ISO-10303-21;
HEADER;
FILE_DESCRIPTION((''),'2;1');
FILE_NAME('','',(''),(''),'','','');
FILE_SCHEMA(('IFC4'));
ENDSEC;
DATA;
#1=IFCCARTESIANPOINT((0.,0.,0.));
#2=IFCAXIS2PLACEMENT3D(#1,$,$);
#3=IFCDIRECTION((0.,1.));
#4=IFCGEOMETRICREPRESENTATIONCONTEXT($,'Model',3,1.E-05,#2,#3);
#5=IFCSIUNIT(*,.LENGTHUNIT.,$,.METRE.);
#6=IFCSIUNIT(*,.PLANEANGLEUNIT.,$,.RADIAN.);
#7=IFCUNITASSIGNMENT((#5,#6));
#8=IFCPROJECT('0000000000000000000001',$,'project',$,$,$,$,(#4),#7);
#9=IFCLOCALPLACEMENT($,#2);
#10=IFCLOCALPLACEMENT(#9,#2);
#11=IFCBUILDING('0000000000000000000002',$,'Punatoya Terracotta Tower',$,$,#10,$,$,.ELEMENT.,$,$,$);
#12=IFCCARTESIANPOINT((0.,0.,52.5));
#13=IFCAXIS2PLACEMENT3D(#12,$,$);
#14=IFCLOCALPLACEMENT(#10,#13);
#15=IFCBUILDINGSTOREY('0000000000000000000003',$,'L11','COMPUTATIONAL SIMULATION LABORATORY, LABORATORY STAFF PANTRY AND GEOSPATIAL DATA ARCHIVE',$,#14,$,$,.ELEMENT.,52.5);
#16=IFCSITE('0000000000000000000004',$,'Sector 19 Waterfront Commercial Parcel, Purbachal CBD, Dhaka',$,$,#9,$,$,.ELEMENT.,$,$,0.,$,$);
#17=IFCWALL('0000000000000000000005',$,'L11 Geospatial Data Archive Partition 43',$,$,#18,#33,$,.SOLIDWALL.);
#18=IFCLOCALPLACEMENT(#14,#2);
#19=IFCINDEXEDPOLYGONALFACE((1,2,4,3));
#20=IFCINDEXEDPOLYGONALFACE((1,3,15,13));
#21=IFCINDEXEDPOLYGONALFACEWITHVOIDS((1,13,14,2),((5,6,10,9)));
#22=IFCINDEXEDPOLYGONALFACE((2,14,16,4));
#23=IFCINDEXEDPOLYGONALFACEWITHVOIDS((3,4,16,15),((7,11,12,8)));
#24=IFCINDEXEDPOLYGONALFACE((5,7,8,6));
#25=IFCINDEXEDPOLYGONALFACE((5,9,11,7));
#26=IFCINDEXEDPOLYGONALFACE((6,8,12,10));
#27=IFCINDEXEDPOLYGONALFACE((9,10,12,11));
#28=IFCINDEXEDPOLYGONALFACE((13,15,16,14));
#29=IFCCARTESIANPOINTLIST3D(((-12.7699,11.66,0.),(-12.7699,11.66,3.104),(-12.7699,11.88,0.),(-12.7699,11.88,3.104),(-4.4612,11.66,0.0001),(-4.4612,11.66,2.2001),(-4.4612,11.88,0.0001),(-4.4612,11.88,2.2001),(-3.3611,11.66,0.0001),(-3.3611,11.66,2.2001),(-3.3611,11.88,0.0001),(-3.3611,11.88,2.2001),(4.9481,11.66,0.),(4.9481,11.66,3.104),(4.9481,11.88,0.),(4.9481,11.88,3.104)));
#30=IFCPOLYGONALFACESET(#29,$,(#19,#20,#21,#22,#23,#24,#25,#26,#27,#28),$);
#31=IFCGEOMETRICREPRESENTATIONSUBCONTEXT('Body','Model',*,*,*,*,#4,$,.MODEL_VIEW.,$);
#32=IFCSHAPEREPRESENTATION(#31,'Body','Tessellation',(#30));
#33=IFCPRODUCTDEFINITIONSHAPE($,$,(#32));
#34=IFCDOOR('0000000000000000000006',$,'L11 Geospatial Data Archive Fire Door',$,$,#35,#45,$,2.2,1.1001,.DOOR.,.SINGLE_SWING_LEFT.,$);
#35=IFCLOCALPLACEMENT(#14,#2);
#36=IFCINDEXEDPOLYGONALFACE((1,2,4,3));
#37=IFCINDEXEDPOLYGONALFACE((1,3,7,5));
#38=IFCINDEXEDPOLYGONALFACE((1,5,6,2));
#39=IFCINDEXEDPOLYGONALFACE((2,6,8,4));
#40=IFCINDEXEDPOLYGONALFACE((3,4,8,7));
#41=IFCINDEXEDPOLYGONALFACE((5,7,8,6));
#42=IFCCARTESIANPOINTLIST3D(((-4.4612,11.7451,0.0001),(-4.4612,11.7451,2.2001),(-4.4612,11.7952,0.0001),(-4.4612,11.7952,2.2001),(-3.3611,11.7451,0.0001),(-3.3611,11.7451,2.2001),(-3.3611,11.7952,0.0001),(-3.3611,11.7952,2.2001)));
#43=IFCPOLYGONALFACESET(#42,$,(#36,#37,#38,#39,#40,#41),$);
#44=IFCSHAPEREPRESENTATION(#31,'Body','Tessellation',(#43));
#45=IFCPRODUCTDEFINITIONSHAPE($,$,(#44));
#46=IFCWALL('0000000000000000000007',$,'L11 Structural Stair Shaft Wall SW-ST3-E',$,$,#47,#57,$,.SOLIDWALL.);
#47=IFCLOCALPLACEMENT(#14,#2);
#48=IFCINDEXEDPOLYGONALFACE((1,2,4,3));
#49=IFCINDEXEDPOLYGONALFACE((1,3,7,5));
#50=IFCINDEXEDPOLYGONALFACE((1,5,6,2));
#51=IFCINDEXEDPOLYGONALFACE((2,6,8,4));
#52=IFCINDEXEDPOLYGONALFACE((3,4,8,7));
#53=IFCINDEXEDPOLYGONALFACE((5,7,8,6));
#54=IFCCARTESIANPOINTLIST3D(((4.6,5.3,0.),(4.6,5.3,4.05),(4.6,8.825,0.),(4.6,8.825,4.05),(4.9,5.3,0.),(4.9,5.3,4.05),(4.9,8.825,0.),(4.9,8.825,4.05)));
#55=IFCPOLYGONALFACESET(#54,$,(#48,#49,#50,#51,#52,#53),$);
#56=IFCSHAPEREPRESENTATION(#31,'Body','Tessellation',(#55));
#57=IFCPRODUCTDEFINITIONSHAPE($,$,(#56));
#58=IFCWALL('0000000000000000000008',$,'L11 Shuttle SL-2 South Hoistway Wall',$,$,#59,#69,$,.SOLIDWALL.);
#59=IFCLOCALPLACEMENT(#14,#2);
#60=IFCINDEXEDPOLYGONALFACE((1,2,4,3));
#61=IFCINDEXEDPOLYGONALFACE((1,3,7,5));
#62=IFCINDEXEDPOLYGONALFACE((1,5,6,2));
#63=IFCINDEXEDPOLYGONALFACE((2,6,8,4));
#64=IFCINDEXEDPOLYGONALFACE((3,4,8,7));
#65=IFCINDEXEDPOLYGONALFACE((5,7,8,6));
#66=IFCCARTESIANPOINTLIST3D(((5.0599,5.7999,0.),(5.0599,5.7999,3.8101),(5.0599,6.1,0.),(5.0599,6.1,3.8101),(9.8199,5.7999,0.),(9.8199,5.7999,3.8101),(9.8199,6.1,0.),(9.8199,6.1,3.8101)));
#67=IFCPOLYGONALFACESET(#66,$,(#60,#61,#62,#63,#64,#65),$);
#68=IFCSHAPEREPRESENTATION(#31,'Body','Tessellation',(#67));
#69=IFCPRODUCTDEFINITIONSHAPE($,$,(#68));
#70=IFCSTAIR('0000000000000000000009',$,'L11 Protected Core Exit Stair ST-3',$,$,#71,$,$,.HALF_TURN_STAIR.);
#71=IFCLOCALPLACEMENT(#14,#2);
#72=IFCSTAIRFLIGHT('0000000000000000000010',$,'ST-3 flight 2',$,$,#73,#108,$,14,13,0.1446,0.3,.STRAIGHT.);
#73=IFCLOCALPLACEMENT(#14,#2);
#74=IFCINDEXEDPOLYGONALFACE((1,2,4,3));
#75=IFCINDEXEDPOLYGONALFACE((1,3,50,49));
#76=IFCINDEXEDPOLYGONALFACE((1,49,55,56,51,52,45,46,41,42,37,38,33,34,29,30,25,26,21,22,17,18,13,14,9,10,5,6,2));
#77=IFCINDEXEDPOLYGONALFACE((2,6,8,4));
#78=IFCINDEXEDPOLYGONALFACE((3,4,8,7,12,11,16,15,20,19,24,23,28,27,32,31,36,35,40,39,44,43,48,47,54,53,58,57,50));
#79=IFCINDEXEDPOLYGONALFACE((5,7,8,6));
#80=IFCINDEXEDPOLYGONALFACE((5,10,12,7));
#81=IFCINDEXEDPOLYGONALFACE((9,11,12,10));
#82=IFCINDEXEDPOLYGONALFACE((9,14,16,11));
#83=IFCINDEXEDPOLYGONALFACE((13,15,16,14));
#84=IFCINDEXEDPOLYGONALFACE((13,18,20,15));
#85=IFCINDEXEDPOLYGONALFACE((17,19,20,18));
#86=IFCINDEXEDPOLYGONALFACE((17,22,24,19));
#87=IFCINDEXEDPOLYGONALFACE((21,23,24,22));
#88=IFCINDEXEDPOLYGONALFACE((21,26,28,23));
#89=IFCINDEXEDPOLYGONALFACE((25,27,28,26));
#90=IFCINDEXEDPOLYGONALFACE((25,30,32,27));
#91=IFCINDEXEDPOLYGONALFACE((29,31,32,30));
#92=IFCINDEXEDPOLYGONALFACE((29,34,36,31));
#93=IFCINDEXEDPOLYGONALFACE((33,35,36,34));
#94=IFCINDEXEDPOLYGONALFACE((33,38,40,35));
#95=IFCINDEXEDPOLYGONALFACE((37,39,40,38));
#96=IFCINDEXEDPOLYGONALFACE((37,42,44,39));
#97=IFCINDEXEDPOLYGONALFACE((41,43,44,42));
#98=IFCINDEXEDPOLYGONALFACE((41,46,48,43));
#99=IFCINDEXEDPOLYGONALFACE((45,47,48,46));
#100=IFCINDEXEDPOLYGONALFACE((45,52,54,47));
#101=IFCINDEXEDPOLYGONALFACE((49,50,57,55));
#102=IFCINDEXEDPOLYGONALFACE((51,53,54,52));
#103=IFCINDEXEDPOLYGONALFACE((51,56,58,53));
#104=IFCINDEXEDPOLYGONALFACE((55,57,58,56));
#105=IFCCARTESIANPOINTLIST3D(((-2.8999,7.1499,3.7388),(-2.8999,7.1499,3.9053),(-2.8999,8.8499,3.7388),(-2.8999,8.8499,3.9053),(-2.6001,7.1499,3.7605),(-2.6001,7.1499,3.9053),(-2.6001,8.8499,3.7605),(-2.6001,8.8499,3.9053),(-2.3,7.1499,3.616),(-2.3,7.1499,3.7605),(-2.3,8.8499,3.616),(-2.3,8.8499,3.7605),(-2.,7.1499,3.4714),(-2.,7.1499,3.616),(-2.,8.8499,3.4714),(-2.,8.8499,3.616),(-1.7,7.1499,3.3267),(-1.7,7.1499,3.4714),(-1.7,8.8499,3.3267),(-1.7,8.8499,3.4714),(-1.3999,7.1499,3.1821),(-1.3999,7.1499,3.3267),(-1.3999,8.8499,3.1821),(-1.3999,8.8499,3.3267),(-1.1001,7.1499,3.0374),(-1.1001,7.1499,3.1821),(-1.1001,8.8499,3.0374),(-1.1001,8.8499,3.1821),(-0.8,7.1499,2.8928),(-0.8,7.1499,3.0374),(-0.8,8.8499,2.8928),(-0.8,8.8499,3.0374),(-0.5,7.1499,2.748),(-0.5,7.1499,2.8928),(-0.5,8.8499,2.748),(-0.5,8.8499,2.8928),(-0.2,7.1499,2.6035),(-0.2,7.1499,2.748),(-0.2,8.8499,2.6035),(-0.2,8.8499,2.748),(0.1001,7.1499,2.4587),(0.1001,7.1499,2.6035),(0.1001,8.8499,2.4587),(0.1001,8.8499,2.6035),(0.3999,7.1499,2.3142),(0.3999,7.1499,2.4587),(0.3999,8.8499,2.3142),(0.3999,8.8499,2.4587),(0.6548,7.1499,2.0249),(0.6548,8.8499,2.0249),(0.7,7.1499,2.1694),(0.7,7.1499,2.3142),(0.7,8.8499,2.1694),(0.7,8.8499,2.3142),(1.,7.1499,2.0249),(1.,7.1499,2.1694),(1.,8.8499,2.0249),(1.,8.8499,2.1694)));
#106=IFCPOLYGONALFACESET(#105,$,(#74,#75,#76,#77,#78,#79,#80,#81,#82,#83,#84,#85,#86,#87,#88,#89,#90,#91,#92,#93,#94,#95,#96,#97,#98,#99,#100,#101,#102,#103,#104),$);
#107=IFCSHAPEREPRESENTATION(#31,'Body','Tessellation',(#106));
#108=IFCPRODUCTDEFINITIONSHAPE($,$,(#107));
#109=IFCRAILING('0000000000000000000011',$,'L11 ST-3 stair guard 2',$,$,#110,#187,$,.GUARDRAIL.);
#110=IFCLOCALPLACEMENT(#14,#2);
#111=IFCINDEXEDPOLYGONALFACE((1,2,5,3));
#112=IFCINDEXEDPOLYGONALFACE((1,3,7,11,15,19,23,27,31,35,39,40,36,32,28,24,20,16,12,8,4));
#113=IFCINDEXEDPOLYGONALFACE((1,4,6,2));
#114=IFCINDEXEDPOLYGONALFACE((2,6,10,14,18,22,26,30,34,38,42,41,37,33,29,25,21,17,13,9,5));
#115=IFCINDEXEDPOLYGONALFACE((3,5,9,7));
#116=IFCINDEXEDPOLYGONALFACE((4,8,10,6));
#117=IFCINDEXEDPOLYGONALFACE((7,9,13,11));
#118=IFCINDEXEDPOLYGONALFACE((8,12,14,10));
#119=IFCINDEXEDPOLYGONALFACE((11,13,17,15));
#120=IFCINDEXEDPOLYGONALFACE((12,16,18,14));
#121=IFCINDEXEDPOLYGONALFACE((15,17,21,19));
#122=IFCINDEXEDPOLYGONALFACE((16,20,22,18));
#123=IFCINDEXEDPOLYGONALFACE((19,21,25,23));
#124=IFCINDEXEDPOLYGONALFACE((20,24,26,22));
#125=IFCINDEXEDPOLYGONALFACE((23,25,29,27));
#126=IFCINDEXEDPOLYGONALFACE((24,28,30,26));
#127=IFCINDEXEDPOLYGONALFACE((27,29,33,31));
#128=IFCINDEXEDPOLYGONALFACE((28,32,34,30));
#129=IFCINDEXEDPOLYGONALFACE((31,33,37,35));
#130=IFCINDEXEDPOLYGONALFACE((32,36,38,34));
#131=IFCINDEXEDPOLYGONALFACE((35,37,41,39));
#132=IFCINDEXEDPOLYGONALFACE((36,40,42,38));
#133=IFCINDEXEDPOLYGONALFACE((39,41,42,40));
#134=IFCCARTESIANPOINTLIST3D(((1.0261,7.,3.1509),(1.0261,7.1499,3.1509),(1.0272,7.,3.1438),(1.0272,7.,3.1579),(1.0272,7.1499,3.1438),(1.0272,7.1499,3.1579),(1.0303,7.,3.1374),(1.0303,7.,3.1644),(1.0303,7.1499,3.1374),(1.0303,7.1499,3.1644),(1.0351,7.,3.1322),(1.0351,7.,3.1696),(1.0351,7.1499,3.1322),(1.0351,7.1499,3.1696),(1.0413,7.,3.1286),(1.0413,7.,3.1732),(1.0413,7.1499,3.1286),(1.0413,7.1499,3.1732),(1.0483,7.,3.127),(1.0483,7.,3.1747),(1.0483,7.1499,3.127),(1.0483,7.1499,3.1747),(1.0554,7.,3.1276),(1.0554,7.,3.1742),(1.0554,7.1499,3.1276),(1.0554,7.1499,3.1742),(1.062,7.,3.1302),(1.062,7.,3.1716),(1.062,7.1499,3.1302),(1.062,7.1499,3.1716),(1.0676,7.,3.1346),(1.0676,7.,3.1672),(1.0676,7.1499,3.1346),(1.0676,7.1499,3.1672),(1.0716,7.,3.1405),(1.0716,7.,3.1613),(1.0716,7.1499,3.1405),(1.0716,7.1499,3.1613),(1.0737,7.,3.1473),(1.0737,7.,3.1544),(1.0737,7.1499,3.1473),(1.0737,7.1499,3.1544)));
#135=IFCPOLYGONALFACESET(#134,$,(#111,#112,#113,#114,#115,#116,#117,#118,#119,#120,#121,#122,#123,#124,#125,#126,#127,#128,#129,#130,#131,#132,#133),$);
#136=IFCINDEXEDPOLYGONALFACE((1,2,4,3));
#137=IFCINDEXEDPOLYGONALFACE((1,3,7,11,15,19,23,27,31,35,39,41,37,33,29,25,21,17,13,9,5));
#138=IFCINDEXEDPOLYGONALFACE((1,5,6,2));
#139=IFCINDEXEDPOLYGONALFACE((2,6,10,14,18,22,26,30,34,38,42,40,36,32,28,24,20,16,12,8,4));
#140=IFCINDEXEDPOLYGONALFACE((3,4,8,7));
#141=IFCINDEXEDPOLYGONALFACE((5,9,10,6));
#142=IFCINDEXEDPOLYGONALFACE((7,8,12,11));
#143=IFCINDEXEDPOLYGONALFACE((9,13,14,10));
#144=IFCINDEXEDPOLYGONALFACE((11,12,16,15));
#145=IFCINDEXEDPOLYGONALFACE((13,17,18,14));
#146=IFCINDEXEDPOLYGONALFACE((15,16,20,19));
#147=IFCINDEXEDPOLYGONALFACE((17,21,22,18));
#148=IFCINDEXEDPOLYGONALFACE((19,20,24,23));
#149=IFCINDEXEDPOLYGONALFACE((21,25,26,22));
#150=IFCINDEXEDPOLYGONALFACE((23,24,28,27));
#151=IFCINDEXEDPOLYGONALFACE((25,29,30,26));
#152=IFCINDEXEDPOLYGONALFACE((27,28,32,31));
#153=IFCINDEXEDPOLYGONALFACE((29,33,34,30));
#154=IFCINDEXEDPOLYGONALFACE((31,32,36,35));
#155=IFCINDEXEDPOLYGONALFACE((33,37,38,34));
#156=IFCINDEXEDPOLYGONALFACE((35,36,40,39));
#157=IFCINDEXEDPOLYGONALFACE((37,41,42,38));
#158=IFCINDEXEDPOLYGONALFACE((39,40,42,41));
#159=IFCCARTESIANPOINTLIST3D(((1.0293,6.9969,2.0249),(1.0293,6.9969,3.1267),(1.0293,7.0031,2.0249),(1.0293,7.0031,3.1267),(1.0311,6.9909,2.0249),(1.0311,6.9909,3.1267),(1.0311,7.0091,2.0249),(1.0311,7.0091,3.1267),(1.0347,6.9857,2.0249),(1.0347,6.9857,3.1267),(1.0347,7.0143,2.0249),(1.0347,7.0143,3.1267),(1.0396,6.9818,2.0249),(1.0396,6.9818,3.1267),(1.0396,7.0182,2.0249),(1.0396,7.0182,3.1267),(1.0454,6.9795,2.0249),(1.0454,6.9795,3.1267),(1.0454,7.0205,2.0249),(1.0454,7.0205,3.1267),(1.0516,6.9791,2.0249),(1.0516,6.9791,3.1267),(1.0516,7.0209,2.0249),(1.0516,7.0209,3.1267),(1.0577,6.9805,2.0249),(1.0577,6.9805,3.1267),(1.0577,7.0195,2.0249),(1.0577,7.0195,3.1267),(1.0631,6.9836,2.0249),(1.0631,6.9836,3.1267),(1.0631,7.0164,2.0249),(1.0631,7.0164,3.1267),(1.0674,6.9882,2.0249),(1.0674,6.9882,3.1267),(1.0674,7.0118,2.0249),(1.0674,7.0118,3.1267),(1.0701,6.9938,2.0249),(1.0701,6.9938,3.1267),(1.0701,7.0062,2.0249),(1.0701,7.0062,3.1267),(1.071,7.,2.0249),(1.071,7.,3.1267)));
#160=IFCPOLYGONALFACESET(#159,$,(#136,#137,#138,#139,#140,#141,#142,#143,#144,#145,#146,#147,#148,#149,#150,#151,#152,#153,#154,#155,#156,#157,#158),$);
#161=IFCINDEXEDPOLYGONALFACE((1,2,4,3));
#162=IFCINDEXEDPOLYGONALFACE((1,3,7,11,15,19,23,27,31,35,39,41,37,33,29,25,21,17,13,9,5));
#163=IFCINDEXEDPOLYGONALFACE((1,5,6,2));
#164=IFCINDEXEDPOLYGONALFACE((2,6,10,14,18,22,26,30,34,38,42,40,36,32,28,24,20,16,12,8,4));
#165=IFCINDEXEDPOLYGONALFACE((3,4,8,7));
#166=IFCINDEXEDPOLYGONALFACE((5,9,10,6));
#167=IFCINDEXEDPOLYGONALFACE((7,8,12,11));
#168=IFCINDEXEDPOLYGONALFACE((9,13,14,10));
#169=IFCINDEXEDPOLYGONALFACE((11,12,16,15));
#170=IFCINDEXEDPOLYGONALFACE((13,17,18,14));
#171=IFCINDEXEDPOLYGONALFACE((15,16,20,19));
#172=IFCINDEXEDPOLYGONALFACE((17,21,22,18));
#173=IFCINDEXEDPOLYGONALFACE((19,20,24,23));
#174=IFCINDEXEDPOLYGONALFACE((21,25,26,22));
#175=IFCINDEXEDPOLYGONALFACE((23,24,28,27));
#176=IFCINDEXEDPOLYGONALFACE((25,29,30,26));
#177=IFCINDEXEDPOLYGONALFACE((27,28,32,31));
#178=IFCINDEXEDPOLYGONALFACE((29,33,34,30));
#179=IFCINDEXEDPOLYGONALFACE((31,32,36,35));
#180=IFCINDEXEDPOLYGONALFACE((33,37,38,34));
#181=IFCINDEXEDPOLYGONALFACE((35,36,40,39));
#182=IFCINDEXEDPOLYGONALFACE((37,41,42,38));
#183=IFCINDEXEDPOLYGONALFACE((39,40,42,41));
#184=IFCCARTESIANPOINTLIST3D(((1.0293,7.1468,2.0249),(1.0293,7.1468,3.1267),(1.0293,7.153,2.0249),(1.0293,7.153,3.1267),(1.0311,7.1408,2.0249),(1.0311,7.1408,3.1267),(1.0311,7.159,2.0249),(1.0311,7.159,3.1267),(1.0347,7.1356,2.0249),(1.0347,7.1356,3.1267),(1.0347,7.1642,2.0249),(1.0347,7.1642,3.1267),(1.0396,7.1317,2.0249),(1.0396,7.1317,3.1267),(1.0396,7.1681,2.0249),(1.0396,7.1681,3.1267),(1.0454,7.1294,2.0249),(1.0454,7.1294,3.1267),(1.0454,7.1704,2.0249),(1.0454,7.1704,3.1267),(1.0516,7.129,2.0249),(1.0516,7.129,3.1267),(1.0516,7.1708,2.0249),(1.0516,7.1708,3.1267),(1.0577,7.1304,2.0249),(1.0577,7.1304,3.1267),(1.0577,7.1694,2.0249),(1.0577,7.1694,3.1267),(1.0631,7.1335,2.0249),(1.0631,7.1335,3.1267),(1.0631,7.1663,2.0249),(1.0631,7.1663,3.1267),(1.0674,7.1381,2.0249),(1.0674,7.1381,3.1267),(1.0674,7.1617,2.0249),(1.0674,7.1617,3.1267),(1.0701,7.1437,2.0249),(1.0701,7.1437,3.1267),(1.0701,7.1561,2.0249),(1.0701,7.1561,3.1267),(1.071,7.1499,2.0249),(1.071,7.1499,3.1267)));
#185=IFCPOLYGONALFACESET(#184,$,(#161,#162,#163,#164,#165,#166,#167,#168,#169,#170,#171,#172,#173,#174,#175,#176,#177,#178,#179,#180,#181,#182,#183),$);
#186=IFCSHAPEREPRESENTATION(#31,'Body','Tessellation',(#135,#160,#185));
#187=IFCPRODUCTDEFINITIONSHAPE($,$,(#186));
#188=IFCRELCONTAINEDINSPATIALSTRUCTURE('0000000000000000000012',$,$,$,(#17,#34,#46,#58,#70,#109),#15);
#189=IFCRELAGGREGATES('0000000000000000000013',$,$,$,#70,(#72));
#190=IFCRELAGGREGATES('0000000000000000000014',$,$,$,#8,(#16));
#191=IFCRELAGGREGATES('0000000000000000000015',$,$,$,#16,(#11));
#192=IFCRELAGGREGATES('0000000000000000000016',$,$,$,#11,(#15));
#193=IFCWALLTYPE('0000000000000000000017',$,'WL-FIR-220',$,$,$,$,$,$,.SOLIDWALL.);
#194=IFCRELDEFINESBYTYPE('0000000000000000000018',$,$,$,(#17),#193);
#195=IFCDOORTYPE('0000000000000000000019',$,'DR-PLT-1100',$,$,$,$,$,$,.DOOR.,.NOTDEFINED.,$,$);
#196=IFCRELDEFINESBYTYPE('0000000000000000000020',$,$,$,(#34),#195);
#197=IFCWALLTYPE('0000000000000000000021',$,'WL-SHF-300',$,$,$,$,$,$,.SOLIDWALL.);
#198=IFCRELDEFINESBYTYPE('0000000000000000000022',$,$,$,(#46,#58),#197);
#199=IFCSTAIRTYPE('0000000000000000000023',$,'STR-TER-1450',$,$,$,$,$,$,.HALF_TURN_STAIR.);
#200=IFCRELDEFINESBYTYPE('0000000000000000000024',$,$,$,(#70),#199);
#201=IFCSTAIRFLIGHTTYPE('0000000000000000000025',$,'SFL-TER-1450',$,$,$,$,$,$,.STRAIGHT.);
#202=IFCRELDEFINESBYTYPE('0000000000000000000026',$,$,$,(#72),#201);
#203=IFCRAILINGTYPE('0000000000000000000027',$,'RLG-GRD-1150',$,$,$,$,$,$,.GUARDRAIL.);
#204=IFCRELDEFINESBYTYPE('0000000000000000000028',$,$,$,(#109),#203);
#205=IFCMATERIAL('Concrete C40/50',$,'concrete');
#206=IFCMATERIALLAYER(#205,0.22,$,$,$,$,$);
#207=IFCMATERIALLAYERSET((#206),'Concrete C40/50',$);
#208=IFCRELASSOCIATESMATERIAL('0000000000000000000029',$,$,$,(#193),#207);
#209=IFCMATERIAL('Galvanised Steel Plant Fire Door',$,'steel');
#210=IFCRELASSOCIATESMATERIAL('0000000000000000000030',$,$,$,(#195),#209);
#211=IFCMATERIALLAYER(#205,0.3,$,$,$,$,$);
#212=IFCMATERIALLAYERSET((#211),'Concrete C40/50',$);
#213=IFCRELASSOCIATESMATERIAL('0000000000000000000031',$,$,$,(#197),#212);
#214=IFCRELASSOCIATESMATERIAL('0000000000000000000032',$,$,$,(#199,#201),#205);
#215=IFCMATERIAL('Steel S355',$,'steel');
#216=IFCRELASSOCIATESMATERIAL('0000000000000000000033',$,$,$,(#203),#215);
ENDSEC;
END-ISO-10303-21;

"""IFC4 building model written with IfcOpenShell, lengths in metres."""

from ifc_helpers import new_model, si_unit, direction, frame, frame_2d, origin, origin_2d, place, context, subcontext, project, spatial, polyline, rectangle, circle, outline, extrude, material, layer, layer_set, type_object, element, fill, aggregate, save


model = new_model("IFC4")

# Units and contexts
model_context = context("Model", 3, precision=1e-05, world=origin(), true_north=direction((0.0, 1.0)))
body_context = subcontext(model_context, "Body", "Model", "MODEL_VIEW")
ifc_project = project(units=[si_unit("LENGTHUNIT", "METRE"), si_unit("PLANEANGLEUNIT", "RADIAN")], contexts=[model_context])

# Site, building, storey
site_placement = place(None, origin())
site = spatial("IfcSite", under=ifc_project, at=site_placement, Name="Sector 19 Waterfront Commercial Parcel, Purbachal CBD, Dhaka", CompositionType="ELEMENT", RefElevation=0.0)
building_placement = place(site_placement, origin())
building = spatial("IfcBuilding", under=site, at=building_placement, Name="Punatoya Terracotta Tower", CompositionType="ELEMENT")
storey_placement = place(building_placement, frame((0.0, 0.0, 52.5)))
storey = spatial("IfcBuildingStorey", under=building, at=storey_placement, Name="L11", Description="COMPUTATIONAL SIMULATION LABORATORY, LABORATORY STAFF PANTRY AND GEOSPATIAL DATA ARCHIVE", CompositionType="ELEMENT", Elevation=52.5)

# Shared definitions
ifc_material_1 = material(Name="Steel S355", Category="steel")

# Shared definitions
ifc_material_2 = material(Name="Concrete C40/50", Category="concrete")
ifc_layer_1 = layer(ifc_material_2, 0.22)
ifc_layer_set_1 = layer_set([ifc_layer_1], Name="Concrete C40/50")
wall_type_1 = type_object("IfcWallType", Name="WL-FIR-220", PredefinedType="SOLIDWALL", material=ifc_layer_set_1)

# Wall, opening, door
wall_1_placement = place(storey_placement, frame((4.948, 11.77, 0.0), z_axis=(0.0, 0.0, 1.0), x_axis=(-1.0, 0.0, 0.0)))
wall_1 = element("IfcWall", 1, at=wall_1_placement, inside=storey, type_object=wall_type_1, Name="L11 Geospatial Data Archive Partition 43", PredefinedType="SOLIDWALL", context=body_context, shape_type="SweptSolid", body=[
    extrude(rectangle(XDim=17.718, YDim=0.22, at=frame_2d((8.8589, 0.0))), origin(), (0.0, 0.0, 1.0), 3.104),
])
opening_1_placement = place(wall_1_placement, frame((8.3091, 0.0, 0.0)))
opening_1 = element("IfcOpeningElement", 2, at=opening_1_placement, cuts=wall_1, PredefinedType="OPENING", context=body_context, shape_type="SweptSolid", body=[
    extrude(rectangle(XDim=1.1001, YDim=2.2, at=frame_2d((0.55, 1.1001))), frame((0.0, 0.1199, 0.0), z_axis=(0.0, -1.0, 0.0), x_axis=(1.0, 0.0, 0.0)), (0.0, 0.0, 1.0), 0.24),
])
ifc_material_3 = material(Name="Galvanised Steel Plant Fire Door", Category="steel")
door_type_1 = type_object("IfcDoorType", Name="DR-PLT-1100", OperationType="NOTDEFINED", PredefinedType="DOOR", material=ifc_material_3)
door_1_placement = place(opening_1_placement, origin())
door_1 = element("IfcDoor", 3, at=door_1_placement, inside=storey, type_object=door_type_1, Name="L11 Geospatial Data Archive Fire Door", OperationType="SINGLE_SWING_LEFT", OverallHeight=2.2, OverallWidth=1.1001, PredefinedType="DOOR", context=body_context, shape_type="SweptSolid", body=[
    extrude(rectangle(XDim=1.1001, YDim=2.2, at=frame_2d((0.55, 1.1001))), frame((0.0, 0.0249, 0.0), z_axis=(0.0, -1.0, 0.0), x_axis=(1.0, 0.0, 0.0)), (0.0, 0.0, 1.0), 0.05),
])
fill(opening_1, door_1)

# Walls
ifc_layer_2 = layer(ifc_material_2, 0.3)
ifc_layer_set_2 = layer_set([ifc_layer_2], Name="Concrete C40/50")
wall_type_2 = type_object("IfcWallType", Name="WL-SHF-300", PredefinedType="SOLIDWALL", material=ifc_layer_set_2)
wall_2_placement = place(storey_placement, frame((4.75, 8.825, 0.0), z_axis=(0.0, 0.0, 1.0), x_axis=(0.0, -1.0, 0.0)))
element("IfcWall", 4, at=wall_2_placement, inside=storey, type_object=wall_type_2, Name="L11 Structural Stair Shaft Wall SW-ST3-E", PredefinedType="SOLIDWALL", context=body_context, shape_type="SweptSolid", body=[
    extrude(rectangle(XDim=3.5249, YDim=0.3, at=frame_2d((1.7625, 0.0))), origin(), (0.0, 0.0, 1.0), 4.05),
])
wall_3_placement = place(storey_placement, frame((5.0601, 5.95, 0.0), z_axis=(0.0, 0.0, 1.0), x_axis=(1.0, 0.0, 0.0)))
element("IfcWall", 5, at=wall_3_placement, inside=storey, type_object=wall_type_2, Name="L11 Shuttle SL-2 South Hoistway Wall", PredefinedType="SOLIDWALL", context=body_context, shape_type="SweptSolid", body=[
    extrude(rectangle(XDim=4.76, YDim=0.3, at=frame_2d((2.3799, 0.0))), origin(), (0.0, 0.0, 1.0), 3.8101),
])

# Stair, stair flight
stair_type = type_object("IfcStairType", Name="STR-TER-1450", PredefinedType="HALF_TURN_STAIR", material=ifc_material_2)
stair_placement = place(storey_placement, origin())
stair = element("IfcStair", 6, at=stair_placement, inside=storey, type_object=stair_type, Name="L11 Protected Core Exit Stair ST-3", PredefinedType="HALF_TURN_STAIR")
stair_flight_type = type_object("IfcStairFlightType", Name="SFL-TER-1450", PredefinedType="STRAIGHT", material=ifc_material_2)
stair_flight_placement = place(storey_placement, frame((1.0, 8.0, 2.0249), z_axis=(0.0, 0.0, 1.0), x_axis=(-1.0, 0.0, 0.0)))
stair_flight = element("IfcStairFlight", 7, at=stair_flight_placement, type_object=stair_flight_type, Name="ST-3 flight 2", NumberOfRisers=14, NumberOfTreads=13, PredefinedType="STRAIGHT", RiserHeight=0.1446, TreadLength=0.3, context=body_context, shape_type="SweptSolid", body=[
    extrude(outline(polyline([(0.0, 0.0), (0.0, 0.1445), (0.3, 0.1445), (0.3, 0.2893), (0.6001, 0.2893), (0.6001, 0.4338), (0.8999, 0.4338), (0.8999, 0.5786), (1.2, 0.5786), (1.2, 0.7231), (1.5, 0.7231), (1.5, 0.8679), (1.8, 0.8679), (1.8, 1.0125), (2.1001, 1.0125), (2.1001, 1.1572), (2.3999, 1.1572), (2.3999, 1.3018), (2.7, 1.3018), (2.7, 1.4465), (3.0, 1.4465), (3.0, 1.5911), (3.3, 1.5911), (3.3, 1.7356), (3.6001, 1.7356), (3.6001, 1.8804), (3.8999, 1.8804), (3.8999, 2.0249), (3.8999, 1.7139), (0.3452, 0.0), (0.0, 0.0)])), frame((0.0, 0.8501, 0.0), z_axis=(0.0, -1.0, 0.0), x_axis=(1.0, 0.0, 0.0)), (0.0, 0.0, 1.0), 1.7),
])
aggregate(stair, [stair_flight])

# Railing
railing_type_1 = type_object("IfcRailingType", Name="RLG-GRD-1150", PredefinedType="GUARDRAIL", material=ifc_material_1)
railing_1_placement = place(storey_placement, frame((1.05, 7.0, 2.0249)))
element("IfcRailing", 8, at=railing_1_placement, inside=storey, type_object=railing_type_1, Name="L11 ST-3 stair guard 2", PredefinedType="GUARDRAIL", context=body_context, shape_type="SweptSolid", body=[
    extrude(circle(Radius=0.0239, at=origin_2d()), frame((0.0, 0.0, 1.126), z_axis=(0.0, 1.0, 0.0), x_axis=(-1.0, 0.0, 0.0)), (0.0, 0.0, 1.0), 0.1499),
    extrude(circle(Radius=0.021, at=origin_2d()), origin(), (0.0, 0.0, 1.0), 1.1018),
    extrude(circle(Radius=0.021, at=origin_2d()), frame((0.0, 0.1499, 0.0)), (0.0, 0.0, 1.0), 1.1018),
])

save(model, "model.ifc")
